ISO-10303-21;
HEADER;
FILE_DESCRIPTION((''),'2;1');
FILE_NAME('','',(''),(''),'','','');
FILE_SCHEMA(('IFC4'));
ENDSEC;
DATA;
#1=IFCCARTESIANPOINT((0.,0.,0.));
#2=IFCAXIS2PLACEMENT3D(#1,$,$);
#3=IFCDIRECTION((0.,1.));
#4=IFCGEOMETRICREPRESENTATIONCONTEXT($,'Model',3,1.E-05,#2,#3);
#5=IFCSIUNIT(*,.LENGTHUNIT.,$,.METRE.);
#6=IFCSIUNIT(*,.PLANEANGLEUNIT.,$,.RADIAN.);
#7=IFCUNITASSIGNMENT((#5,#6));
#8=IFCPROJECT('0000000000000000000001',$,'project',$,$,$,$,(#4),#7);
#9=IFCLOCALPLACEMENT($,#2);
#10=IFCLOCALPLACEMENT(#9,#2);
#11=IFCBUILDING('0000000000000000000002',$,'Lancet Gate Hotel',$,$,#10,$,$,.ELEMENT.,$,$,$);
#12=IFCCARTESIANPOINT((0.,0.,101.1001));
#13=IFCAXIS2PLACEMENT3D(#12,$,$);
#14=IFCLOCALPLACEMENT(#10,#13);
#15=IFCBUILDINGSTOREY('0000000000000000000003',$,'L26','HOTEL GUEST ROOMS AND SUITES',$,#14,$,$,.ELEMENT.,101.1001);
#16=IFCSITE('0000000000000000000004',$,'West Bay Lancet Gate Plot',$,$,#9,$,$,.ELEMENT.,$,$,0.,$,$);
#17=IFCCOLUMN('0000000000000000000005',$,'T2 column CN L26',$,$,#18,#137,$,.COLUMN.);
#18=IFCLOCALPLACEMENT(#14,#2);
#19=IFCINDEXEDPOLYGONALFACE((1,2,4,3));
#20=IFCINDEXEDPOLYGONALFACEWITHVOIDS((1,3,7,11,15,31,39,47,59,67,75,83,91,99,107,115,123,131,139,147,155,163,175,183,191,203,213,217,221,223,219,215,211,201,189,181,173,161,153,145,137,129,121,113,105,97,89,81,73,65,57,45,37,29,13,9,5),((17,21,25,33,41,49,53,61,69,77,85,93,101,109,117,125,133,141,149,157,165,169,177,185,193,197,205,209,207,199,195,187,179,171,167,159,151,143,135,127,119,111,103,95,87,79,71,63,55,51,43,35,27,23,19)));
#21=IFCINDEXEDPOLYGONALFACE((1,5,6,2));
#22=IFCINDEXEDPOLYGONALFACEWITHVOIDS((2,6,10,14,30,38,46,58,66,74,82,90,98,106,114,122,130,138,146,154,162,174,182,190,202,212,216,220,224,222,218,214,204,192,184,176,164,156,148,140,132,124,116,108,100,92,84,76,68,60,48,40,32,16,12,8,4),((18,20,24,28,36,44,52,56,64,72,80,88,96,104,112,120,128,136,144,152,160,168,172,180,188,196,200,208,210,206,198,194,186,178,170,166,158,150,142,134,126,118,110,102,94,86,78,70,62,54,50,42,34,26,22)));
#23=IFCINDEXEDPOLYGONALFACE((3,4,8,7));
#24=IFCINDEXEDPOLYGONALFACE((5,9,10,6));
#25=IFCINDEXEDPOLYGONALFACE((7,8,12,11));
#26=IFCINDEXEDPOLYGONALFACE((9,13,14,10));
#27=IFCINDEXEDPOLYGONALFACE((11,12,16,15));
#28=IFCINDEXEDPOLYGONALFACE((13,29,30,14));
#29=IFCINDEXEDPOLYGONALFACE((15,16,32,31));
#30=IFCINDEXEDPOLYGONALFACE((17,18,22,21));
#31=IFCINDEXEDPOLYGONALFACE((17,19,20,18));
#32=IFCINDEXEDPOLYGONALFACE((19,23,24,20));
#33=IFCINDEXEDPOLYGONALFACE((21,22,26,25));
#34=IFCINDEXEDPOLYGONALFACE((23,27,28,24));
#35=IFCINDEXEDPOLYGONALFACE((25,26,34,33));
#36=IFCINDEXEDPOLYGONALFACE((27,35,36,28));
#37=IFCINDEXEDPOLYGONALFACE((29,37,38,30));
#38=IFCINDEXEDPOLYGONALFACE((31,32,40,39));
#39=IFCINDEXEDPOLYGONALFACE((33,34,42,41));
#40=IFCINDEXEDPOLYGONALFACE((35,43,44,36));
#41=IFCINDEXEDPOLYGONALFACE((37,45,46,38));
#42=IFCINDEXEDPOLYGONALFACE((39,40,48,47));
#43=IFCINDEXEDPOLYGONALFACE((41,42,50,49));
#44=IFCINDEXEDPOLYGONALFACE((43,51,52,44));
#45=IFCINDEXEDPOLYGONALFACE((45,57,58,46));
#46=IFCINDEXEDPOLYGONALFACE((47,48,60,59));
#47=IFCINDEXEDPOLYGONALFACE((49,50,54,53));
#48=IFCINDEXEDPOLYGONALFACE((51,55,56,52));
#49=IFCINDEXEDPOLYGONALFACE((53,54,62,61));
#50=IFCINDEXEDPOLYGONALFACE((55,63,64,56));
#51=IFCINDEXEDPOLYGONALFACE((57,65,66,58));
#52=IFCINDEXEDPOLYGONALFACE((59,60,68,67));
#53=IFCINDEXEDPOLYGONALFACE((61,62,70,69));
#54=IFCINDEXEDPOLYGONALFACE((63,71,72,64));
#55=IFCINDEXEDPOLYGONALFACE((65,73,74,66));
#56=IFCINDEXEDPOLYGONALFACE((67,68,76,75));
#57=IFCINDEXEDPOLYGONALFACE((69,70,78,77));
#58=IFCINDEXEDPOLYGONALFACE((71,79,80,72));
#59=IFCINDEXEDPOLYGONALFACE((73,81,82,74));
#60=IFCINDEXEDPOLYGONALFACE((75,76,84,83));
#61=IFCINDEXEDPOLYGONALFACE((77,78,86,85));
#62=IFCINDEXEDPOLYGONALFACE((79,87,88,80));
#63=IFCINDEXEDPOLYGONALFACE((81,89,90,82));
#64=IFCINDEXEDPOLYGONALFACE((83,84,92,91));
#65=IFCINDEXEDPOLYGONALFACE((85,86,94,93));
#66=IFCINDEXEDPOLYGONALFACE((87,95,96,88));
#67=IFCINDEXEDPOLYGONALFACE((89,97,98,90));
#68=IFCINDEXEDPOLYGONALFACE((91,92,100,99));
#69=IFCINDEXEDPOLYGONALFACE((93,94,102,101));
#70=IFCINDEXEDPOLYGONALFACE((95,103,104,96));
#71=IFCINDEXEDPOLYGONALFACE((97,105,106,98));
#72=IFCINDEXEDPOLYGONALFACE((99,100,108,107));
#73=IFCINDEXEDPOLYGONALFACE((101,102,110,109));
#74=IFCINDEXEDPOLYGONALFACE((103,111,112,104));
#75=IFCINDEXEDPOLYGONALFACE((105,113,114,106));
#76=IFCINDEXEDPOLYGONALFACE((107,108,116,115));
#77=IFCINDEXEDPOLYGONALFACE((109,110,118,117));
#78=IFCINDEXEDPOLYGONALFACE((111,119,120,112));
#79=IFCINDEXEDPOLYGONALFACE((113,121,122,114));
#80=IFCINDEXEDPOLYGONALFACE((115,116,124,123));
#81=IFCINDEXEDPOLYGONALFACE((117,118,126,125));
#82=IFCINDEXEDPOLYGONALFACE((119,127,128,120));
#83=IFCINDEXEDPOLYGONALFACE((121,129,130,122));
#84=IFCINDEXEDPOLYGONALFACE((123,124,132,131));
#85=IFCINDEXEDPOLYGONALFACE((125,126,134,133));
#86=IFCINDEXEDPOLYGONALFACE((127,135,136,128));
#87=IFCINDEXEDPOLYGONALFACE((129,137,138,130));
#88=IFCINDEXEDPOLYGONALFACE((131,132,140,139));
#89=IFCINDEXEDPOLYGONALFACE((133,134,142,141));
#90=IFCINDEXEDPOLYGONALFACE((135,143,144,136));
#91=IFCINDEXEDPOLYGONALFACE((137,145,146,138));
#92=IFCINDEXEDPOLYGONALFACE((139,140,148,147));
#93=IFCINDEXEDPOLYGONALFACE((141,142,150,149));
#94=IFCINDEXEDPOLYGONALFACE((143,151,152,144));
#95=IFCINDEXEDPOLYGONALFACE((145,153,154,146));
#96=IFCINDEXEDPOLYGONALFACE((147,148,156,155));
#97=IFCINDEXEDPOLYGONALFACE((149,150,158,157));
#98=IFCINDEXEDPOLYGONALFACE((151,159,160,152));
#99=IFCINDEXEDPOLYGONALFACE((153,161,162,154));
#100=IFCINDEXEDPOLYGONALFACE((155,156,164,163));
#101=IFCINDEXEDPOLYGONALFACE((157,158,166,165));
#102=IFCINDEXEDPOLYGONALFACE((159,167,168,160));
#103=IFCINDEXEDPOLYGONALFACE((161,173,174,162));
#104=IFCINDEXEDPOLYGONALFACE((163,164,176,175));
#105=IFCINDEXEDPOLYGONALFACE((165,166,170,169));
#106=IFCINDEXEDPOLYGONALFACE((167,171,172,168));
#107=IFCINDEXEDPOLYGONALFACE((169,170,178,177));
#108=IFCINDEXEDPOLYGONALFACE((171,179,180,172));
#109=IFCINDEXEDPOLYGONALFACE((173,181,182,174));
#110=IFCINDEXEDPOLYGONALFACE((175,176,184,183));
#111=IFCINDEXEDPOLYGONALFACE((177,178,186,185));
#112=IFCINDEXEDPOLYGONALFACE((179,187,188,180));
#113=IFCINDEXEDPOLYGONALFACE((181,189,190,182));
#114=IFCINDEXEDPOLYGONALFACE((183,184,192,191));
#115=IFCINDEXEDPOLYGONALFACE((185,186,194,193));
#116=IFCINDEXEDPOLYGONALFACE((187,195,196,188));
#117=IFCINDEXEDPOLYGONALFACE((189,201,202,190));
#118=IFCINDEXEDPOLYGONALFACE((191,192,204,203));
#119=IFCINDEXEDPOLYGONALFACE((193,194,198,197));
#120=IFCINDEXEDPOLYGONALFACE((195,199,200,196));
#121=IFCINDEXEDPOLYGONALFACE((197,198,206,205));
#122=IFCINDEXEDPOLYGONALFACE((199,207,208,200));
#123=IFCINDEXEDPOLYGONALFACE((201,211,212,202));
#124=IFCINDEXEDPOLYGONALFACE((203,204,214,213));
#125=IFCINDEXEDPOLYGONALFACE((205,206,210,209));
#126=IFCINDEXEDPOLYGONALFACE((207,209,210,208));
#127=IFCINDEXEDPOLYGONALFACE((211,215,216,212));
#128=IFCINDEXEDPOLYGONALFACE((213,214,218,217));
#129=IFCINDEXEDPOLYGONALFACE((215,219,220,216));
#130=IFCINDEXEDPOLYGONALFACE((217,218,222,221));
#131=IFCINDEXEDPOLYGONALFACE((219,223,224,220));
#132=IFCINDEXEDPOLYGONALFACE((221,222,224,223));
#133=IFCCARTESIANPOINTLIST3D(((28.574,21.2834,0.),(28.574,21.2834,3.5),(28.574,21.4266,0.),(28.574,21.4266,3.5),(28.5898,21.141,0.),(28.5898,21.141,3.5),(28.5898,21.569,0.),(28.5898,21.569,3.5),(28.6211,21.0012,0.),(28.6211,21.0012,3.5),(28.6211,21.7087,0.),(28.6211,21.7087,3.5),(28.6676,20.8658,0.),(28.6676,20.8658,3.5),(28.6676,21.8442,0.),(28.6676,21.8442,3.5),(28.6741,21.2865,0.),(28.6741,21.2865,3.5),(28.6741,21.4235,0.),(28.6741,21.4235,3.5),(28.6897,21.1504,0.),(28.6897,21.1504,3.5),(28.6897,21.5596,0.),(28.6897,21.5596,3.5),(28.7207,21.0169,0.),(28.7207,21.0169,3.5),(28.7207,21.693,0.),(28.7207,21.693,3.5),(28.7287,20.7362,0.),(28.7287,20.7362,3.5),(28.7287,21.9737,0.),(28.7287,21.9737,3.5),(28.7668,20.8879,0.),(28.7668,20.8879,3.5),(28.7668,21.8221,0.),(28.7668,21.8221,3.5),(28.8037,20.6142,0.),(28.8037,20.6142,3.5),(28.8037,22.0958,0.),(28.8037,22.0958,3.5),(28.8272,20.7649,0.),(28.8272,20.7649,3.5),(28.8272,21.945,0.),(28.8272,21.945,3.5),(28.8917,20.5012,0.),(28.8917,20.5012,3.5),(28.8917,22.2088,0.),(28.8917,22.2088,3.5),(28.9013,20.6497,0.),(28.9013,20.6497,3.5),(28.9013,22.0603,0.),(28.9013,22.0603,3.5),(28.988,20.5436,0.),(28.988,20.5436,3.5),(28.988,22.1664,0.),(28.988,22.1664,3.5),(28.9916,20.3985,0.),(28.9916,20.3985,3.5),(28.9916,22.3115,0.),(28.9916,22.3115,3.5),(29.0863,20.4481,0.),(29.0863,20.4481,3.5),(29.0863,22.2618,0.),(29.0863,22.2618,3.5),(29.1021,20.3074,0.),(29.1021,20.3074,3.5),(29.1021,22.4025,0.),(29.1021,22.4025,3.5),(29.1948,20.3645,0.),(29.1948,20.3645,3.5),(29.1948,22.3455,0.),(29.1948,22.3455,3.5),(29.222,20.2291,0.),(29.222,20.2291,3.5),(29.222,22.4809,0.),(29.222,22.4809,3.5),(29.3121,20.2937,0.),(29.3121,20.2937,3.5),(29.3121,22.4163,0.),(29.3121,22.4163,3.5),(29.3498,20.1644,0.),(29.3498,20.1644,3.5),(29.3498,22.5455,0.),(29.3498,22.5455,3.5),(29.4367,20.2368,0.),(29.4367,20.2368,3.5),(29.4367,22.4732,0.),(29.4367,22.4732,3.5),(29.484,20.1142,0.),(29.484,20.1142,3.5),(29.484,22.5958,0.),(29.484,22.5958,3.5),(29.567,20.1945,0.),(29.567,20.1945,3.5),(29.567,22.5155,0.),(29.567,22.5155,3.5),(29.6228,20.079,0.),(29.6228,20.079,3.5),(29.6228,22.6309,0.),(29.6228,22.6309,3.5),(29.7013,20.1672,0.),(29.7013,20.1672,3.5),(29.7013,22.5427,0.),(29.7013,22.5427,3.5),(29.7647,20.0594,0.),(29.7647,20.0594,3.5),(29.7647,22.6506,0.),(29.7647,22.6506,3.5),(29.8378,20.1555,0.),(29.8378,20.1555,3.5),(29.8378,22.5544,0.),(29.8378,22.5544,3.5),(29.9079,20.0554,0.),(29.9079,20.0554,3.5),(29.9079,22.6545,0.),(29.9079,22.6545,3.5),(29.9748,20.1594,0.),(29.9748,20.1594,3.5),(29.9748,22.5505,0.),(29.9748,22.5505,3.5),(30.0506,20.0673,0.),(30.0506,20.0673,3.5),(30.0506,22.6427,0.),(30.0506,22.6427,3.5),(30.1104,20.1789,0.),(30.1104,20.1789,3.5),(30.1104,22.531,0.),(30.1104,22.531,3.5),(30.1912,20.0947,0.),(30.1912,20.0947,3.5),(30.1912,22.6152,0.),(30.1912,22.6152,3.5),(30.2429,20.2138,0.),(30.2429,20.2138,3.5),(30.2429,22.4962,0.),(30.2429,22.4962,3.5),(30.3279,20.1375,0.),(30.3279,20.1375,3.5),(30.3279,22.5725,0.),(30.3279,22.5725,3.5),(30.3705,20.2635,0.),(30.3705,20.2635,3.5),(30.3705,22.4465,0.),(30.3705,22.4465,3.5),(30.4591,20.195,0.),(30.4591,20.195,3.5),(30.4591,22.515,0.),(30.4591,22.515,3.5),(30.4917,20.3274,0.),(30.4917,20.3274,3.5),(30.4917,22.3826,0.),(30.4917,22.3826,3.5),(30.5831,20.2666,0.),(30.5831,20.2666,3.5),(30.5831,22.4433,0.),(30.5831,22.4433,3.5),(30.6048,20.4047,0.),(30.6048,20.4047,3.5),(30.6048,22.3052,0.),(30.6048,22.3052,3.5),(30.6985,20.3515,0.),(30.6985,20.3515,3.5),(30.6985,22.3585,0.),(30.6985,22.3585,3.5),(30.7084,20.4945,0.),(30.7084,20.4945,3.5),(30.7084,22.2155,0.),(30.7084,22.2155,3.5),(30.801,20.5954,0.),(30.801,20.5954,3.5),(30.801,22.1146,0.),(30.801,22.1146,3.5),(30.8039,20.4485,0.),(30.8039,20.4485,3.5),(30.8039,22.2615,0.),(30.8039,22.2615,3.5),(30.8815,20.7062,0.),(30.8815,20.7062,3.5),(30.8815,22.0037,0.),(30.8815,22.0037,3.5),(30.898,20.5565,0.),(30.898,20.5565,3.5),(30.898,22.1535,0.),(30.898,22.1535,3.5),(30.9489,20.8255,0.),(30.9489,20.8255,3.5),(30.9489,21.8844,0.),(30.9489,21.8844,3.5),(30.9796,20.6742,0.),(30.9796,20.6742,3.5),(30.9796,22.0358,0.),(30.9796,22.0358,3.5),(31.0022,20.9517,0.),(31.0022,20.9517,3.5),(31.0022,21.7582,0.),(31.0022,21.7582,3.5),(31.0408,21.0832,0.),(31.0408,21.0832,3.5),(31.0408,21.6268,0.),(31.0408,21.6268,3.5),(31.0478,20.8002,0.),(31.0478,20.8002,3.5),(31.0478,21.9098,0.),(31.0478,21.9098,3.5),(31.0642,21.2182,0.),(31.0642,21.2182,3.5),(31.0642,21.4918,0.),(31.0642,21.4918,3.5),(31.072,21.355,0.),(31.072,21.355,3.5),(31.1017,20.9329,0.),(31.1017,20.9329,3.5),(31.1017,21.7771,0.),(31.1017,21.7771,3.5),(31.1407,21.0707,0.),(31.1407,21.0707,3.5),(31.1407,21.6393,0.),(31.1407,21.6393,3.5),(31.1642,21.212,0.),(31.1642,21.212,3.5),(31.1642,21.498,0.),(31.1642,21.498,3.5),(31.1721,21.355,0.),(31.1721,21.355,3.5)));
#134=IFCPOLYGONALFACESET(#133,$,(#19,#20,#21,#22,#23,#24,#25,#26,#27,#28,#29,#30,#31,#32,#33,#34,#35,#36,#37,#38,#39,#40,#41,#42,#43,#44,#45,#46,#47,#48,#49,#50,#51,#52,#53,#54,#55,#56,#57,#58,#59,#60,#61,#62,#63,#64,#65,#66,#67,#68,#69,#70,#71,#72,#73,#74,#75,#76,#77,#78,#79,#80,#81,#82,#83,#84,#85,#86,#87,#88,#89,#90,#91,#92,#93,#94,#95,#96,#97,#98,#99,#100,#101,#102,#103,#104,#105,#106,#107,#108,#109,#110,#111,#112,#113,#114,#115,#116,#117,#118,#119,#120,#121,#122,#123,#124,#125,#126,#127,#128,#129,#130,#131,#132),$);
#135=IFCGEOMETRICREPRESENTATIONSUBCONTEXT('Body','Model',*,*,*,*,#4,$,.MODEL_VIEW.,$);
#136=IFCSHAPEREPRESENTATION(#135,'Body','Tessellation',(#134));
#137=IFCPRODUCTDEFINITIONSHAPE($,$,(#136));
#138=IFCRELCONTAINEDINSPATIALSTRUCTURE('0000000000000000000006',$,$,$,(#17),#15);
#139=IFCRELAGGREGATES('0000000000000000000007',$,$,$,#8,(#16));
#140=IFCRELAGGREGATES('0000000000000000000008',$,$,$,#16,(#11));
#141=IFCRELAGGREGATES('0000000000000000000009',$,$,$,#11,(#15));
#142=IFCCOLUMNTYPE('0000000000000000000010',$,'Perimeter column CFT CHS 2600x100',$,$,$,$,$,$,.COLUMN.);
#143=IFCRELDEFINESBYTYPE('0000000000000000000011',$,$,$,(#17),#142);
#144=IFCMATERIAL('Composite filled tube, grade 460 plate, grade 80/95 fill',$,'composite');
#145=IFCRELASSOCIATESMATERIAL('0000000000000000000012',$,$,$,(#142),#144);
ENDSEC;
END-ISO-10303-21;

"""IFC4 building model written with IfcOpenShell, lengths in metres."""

from ifc_helpers import new_model, si_unit, direction, frame, origin, origin_2d, place, context, subcontext, project, spatial, hollow_circle, extrude, material, material_profile, profile_set, type_object, element, save


model = new_model("IFC4")

# Units and contexts
model_context = context("Model", 3, precision=1e-05, world=origin(), true_north=direction((0.0, 1.0)))
body_context = subcontext(model_context, "Body", "Model", "MODEL_VIEW")
ifc_project = project(units=[si_unit("LENGTHUNIT", "METRE"), si_unit("PLANEANGLEUNIT", "RADIAN")], contexts=[model_context])

# Site, building, storey
site_placement = place(None, origin())
site = spatial("IfcSite", under=ifc_project, at=site_placement, Name="West Bay Lancet Gate Plot", CompositionType="ELEMENT", RefElevation=0.0)
building_placement = place(site_placement, origin())
building = spatial("IfcBuilding", under=site, at=building_placement, Name="Lancet Gate Hotel", CompositionType="ELEMENT")
storey_placement = place(building_placement, frame((0.0, 0.0, 101.1001)))
storey = spatial("IfcBuildingStorey", under=building, at=storey_placement, Name="L26", Description="HOTEL GUEST ROOMS AND SUITES", CompositionType="ELEMENT", Elevation=101.1001)

# Column
ifc_material_1 = material(Name="Composite filled tube, grade 460 plate, grade 80/95 fill", Category="composite")
ifc_material_profile_1 = material_profile(ifc_material_1, hollow_circle(Radius=1.3, WallThickness=0.1001, at=origin_2d()), Name="CHS 2600x100")
ifc_profile_set_1 = profile_set([ifc_material_profile_1], Name="Composite filled tube, grade 460 plate, grade 80/95 fill")
column_type = type_object("IfcColumnType", Name="Perimeter column CFT CHS 2600x100", PredefinedType="COLUMN", material=ifc_profile_set_1)
for number, where, z_axis, x_axis, name in (
    (1, (29.8721, 21.355, 0.0), (0.0, 0.0, 1.0), (1.0, 0.0, 0.0), "T2 column CN L26"),
):
    element("IfcColumn", number, at=place(storey_placement, frame(where, z_axis=z_axis, x_axis=x_axis)), inside=storey, type_object=column_type, Name=name, PredefinedType="COLUMN", context=body_context, shape_type="SweptSolid", body=[
        extrude(hollow_circle(Radius=1.3, WallThickness=0.1001, at=origin_2d()), origin(), (0.0, 0.0, 1.0), 3.5),
    ])

save(model, "model.ifc")
